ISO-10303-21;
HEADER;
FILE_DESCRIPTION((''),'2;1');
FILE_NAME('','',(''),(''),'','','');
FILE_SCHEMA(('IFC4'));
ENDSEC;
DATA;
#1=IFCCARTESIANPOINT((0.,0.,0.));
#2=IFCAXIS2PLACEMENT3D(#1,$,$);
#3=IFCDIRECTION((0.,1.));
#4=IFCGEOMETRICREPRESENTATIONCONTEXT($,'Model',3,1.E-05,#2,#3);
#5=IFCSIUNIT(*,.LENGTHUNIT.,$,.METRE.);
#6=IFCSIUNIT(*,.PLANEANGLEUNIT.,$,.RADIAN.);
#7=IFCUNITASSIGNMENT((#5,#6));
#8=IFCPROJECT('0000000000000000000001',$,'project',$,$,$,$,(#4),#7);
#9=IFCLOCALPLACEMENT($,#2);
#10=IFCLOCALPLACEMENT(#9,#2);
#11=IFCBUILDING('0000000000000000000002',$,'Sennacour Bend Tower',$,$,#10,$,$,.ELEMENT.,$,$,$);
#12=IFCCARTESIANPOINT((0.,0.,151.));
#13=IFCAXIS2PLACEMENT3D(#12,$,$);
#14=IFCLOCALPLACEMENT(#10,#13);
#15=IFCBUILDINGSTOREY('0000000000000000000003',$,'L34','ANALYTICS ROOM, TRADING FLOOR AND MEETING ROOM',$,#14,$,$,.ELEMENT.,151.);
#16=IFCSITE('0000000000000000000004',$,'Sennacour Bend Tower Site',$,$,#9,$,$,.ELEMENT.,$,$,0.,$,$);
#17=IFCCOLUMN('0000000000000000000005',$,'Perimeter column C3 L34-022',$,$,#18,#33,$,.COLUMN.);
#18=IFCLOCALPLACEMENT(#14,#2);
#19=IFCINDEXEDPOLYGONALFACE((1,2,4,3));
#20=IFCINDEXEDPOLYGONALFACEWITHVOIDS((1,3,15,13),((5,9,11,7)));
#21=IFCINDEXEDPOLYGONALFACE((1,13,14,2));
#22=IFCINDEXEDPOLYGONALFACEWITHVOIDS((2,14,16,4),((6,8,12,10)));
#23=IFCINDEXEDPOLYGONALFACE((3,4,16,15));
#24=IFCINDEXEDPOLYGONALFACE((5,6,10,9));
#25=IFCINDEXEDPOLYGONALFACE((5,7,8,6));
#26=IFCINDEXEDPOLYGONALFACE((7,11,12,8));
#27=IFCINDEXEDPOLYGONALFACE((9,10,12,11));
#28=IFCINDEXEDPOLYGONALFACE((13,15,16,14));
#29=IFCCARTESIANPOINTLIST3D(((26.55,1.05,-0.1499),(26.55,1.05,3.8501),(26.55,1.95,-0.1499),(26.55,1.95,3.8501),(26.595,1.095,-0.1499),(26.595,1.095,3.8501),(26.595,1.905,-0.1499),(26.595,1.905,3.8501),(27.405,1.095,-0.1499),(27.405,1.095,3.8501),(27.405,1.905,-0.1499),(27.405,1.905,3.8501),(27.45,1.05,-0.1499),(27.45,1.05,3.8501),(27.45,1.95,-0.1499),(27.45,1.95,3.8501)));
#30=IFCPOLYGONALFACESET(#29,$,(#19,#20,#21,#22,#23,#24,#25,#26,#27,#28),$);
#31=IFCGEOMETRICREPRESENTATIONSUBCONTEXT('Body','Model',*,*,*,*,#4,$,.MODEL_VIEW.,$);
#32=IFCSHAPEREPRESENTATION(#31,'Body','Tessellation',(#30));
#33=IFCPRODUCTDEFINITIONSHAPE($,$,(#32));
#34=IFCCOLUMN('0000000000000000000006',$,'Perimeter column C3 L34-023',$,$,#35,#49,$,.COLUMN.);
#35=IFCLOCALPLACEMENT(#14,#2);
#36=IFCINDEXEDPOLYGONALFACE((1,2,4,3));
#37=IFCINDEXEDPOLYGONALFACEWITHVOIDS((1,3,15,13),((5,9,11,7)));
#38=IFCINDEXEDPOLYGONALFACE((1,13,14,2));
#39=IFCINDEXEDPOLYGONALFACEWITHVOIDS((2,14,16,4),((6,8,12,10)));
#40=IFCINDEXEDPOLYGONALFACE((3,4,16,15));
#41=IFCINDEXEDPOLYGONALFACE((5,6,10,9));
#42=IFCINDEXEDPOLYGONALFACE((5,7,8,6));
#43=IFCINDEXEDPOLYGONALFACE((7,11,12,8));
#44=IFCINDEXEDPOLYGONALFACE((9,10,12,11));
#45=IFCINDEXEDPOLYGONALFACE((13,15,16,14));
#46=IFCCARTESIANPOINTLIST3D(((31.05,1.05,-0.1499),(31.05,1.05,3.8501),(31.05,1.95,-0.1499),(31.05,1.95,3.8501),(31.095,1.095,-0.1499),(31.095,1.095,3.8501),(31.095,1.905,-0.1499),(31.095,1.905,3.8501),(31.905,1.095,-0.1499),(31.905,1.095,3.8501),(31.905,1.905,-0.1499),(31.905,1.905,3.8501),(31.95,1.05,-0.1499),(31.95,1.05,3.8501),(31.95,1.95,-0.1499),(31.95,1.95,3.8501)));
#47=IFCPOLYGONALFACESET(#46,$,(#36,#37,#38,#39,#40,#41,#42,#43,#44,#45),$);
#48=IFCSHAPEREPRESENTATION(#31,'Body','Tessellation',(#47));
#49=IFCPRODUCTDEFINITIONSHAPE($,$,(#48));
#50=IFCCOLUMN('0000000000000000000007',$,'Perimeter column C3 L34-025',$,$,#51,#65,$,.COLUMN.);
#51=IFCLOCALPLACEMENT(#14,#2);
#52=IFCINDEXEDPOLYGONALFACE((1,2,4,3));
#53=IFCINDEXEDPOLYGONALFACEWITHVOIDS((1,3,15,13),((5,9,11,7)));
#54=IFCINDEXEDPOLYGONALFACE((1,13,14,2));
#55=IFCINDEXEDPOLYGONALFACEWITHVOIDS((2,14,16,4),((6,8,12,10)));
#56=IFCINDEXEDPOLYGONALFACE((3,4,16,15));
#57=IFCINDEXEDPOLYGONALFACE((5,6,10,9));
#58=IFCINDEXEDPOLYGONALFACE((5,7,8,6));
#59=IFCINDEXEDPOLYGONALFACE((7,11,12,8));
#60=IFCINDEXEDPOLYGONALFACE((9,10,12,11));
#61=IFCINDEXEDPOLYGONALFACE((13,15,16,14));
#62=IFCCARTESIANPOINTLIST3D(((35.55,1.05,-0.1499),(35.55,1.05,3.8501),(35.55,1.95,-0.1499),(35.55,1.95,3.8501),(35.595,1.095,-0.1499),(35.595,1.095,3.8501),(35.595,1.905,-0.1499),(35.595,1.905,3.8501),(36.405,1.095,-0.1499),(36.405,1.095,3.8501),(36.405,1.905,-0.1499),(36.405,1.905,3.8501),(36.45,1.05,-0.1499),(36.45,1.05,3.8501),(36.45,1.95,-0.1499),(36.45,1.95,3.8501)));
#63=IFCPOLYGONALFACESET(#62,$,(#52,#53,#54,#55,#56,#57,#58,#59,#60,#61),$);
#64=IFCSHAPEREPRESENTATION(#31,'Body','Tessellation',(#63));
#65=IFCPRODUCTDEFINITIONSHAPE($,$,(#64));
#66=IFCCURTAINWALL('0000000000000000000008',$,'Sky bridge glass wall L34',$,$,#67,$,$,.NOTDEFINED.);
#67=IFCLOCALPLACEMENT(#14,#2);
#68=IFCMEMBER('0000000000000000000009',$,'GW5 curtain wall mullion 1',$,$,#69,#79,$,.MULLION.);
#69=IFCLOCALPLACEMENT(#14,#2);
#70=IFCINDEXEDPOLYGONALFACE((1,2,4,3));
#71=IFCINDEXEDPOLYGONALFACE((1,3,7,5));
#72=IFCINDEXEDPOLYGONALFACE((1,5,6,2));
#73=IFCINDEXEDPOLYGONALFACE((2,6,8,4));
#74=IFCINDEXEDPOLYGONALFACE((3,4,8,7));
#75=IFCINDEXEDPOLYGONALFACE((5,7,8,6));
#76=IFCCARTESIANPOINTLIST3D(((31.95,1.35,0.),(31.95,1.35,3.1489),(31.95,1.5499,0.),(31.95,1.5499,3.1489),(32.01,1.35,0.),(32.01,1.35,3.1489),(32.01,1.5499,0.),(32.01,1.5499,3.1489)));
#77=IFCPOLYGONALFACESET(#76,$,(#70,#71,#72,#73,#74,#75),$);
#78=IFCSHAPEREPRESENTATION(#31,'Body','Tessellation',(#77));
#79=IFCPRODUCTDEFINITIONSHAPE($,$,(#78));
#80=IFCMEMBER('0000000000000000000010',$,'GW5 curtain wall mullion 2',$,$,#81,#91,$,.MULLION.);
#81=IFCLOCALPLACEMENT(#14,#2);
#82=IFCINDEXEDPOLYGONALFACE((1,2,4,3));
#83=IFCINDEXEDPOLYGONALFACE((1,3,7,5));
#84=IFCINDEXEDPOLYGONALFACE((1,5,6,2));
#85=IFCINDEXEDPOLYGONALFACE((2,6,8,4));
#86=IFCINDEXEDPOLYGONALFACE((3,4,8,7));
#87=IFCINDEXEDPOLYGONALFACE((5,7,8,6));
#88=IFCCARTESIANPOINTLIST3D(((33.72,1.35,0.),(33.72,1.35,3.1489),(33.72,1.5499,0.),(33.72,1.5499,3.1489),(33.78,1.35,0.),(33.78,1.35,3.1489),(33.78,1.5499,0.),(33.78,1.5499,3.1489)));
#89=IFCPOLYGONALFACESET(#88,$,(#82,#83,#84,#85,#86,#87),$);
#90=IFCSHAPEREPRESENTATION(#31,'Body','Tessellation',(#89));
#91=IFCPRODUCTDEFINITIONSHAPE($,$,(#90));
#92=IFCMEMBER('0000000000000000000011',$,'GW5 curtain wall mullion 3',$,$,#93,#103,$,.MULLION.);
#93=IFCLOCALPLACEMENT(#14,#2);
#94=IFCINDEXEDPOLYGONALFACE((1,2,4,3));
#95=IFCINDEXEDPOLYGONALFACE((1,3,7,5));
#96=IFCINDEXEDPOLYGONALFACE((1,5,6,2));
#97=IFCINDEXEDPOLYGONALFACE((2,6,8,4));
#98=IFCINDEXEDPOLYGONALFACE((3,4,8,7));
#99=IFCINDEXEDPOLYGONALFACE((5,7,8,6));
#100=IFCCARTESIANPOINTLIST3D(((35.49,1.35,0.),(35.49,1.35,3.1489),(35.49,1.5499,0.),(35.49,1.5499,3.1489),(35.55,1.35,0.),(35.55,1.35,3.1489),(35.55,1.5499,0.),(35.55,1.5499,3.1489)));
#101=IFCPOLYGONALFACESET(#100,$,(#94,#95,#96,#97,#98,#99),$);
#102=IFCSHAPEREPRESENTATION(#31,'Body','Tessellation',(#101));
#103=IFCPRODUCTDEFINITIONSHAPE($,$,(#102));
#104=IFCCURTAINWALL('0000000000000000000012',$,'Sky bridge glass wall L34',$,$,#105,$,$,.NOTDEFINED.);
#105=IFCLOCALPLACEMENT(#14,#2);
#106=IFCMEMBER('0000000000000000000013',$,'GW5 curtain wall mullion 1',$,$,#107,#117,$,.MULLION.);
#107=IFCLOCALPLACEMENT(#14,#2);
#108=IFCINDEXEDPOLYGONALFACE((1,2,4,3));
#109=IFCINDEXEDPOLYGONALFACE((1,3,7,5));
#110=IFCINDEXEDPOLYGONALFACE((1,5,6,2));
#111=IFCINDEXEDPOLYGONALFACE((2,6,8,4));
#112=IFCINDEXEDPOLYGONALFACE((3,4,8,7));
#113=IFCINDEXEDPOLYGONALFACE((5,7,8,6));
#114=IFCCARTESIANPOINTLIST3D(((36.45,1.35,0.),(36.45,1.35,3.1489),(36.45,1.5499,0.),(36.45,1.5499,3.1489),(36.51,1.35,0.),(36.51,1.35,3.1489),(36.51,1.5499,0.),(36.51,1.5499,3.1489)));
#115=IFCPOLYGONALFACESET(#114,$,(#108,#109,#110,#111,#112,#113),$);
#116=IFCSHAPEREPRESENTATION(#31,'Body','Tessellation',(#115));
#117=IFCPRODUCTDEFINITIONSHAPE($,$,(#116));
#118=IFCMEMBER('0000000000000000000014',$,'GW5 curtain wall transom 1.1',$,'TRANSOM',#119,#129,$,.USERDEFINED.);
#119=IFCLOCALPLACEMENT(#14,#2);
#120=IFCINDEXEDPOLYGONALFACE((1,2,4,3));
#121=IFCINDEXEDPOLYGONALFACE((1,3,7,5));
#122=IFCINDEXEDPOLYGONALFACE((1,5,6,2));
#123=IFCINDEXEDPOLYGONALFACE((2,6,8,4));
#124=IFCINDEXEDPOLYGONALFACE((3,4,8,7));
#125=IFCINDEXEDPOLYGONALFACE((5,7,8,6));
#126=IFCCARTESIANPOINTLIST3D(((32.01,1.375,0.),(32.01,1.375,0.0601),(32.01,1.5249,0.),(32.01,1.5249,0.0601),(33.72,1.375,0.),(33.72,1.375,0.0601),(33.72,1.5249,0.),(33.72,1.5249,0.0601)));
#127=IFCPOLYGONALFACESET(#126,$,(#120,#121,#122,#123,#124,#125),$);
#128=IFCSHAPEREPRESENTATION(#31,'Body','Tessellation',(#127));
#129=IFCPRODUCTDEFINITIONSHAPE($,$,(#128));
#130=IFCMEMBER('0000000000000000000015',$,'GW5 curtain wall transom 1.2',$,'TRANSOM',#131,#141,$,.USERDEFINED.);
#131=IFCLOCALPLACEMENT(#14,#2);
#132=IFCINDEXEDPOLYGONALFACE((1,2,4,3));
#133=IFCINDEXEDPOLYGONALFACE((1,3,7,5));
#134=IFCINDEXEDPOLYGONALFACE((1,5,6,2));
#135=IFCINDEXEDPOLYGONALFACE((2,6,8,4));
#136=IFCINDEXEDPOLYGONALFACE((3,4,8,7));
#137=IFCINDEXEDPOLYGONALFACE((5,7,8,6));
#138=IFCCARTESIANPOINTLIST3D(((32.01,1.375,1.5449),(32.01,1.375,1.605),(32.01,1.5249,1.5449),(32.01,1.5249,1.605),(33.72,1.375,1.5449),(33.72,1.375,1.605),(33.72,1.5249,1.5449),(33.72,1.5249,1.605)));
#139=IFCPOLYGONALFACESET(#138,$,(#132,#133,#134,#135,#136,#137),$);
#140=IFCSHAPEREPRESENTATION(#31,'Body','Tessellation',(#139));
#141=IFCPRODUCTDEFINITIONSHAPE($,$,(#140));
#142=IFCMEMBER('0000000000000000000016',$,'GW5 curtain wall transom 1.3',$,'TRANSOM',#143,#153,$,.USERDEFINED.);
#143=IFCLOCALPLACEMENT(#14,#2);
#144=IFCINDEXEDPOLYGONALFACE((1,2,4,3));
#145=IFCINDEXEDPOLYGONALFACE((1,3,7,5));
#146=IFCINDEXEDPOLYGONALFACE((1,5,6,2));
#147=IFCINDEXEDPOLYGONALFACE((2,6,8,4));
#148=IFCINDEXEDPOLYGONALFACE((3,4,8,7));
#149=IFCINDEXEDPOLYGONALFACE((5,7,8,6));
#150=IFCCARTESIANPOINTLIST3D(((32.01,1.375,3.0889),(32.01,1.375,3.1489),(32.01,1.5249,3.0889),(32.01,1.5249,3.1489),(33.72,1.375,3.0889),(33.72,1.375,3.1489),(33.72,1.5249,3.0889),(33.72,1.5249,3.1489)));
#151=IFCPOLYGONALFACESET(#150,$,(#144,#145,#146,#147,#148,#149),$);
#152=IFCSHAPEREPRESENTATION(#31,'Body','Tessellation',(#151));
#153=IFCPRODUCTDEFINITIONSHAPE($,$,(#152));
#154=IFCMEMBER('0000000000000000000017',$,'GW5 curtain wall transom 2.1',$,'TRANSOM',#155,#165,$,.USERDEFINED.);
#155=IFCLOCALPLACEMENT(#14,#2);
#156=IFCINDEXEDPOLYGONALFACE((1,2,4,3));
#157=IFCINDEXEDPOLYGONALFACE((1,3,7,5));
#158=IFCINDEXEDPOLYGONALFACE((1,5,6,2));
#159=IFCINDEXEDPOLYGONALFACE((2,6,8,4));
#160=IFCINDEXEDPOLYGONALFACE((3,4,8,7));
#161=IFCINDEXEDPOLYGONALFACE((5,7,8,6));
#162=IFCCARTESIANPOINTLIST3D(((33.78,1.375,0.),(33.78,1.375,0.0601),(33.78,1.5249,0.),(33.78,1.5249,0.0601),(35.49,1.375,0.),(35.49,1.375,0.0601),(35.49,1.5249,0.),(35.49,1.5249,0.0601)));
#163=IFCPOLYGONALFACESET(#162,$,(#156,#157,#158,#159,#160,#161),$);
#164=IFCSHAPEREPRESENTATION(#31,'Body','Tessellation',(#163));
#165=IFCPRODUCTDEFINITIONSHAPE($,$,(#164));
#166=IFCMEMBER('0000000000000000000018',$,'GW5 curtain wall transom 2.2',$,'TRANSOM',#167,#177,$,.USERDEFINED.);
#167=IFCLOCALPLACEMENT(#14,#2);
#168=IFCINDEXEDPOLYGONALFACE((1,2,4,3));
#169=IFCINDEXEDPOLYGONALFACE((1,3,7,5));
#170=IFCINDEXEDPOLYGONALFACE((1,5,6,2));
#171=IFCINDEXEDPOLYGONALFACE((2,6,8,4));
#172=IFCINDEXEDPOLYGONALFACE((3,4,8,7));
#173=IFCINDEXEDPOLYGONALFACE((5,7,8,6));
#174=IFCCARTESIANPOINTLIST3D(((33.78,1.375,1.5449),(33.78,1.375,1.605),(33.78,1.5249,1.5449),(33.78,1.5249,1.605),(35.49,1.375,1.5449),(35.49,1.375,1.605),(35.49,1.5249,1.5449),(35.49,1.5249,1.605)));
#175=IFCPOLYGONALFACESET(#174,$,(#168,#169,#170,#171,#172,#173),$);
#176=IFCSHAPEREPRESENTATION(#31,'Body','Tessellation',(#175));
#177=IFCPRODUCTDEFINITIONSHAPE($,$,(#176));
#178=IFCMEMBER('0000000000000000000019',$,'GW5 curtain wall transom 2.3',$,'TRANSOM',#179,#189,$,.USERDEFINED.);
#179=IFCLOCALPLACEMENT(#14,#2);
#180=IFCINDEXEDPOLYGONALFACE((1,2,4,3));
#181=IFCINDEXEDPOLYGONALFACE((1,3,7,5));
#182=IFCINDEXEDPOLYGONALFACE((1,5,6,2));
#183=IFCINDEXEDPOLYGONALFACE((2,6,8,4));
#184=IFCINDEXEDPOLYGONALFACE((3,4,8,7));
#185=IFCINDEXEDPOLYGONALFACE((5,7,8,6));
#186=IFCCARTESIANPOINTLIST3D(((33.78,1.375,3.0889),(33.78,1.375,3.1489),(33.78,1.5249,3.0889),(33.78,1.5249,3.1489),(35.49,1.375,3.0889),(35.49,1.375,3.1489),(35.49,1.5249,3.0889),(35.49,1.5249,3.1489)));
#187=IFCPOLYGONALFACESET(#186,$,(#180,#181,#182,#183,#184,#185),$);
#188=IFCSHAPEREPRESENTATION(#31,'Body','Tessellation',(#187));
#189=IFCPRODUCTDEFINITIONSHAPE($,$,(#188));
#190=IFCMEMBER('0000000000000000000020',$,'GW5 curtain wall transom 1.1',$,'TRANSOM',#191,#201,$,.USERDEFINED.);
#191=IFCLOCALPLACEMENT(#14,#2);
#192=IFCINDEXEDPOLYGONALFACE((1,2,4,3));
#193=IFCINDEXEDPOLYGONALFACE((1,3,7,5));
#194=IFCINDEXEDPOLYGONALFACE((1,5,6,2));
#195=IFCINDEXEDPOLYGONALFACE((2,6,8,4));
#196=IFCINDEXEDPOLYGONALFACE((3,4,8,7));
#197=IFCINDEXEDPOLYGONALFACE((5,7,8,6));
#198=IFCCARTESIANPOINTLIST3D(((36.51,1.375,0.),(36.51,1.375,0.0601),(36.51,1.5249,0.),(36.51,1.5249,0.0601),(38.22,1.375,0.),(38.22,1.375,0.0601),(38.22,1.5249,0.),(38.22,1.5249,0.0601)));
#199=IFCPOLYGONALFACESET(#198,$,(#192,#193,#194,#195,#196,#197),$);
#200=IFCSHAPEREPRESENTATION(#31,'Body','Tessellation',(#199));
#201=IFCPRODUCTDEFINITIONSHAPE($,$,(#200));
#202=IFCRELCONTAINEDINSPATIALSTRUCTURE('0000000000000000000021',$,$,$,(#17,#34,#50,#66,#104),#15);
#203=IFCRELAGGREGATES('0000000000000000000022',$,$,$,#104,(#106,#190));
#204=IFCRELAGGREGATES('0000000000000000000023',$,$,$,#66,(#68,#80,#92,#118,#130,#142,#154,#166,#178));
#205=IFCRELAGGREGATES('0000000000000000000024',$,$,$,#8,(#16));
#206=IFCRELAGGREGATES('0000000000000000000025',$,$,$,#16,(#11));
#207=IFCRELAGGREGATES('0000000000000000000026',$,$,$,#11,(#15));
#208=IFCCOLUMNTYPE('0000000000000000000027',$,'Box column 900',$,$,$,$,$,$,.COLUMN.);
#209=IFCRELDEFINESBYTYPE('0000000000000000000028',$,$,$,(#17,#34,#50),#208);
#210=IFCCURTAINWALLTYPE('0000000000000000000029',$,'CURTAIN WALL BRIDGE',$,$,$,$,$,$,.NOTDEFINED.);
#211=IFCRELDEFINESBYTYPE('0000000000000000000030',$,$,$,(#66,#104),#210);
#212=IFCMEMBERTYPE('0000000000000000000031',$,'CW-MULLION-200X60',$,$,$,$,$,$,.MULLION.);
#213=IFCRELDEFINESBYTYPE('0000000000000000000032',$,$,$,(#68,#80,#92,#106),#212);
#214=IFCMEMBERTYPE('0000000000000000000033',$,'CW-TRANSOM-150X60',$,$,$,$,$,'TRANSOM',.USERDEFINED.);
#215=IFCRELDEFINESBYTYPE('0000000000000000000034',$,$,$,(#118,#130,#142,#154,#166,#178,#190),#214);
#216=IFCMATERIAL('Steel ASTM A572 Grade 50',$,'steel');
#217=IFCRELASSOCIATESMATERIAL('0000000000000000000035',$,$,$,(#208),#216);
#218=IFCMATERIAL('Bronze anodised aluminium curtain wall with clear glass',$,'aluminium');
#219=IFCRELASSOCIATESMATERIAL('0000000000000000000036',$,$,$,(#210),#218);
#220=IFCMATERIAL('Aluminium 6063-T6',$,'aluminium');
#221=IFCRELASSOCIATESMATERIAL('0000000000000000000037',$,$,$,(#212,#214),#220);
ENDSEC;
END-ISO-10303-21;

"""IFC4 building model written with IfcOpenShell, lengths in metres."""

from ifc_helpers import new_model, si_unit, direction, frame, origin, origin_2d, place, context, subcontext, project, spatial, rectangle, hollow_rectangle, extrude, material, material_profile, profile_set, type_object, element, aggregate, save


model = new_model("IFC4")

# Units and contexts
model_context = context("Model", 3, precision=1e-05, world=origin(), true_north=direction((0.0, 1.0)))
body_context = subcontext(model_context, "Body", "Model", "MODEL_VIEW")
ifc_project = project(units=[si_unit("LENGTHUNIT", "METRE"), si_unit("PLANEANGLEUNIT", "RADIAN")], contexts=[model_context])

# Site, building, storey
site_placement = place(None, origin())
site = spatial("IfcSite", under=ifc_project, at=site_placement, Name="Sennacour Bend Tower Site", CompositionType="ELEMENT", RefElevation=0.0)
building_placement = place(site_placement, origin())
building = spatial("IfcBuilding", under=site, at=building_placement, Name="Sennacour Bend Tower", CompositionType="ELEMENT")
storey_placement = place(building_placement, frame((0.0, 0.0, 151.0)))
storey = spatial("IfcBuildingStorey", under=building, at=storey_placement, Name="L34", Description="ANALYTICS ROOM, TRADING FLOOR AND MEETING ROOM", CompositionType="ELEMENT", Elevation=151.0)

# Columns
ifc_material_1 = material(Name="Steel ASTM A572 Grade 50", Category="steel")
ifc_material_profile_1 = material_profile(ifc_material_1, hollow_rectangle(XDim=0.8999, YDim=0.8999, WallThickness=0.0449, at=origin_2d()), Name="Steel ASTM A572 Grade 50", Category="steel")
ifc_profile_set_1 = profile_set([ifc_material_profile_1], Name="Steel ASTM A572 Grade 50")
column_type = type_object("IfcColumnType", Name="Box column 900", PredefinedType="COLUMN", material=ifc_profile_set_1)
for number, where, z_axis, x_axis, name in (
    (1, (27.0, 1.5, -0.1499), (0.0, 0.0, 1.0), (1.0, 0.0, 0.0), "Perimeter column C3 L34-022"),
    (2, (31.5, 1.5, -0.1499), (0.0, 0.0, 1.0), (1.0, 0.0, 0.0), "Perimeter column C3 L34-023"),
    (3, (36.0, 1.5, -0.1499), (0.0, 0.0, 1.0), (1.0, 0.0, 0.0), "Perimeter column C3 L34-025"),
):
    element("IfcColumn", number, at=place(storey_placement, frame(where, z_axis=z_axis, x_axis=x_axis)), inside=storey, type_object=column_type, Name=name, PredefinedType="COLUMN", context=body_context, shape_type="SweptSolid", body=[
        extrude(hollow_rectangle(XDim=0.8999, YDim=0.8999, WallThickness=0.0449, at=origin_2d()), origin(), (0.0, 0.0, 1.0), 4.0),
    ])

# Curtain wall, members
ifc_material_2 = material(Name="Bronze anodised aluminium curtain wall with clear glass", Category="aluminium")
curtain_wall_type = type_object("IfcCurtainWallType", Name="CURTAIN WALL BRIDGE", PredefinedType="NOTDEFINED", material=ifc_material_2)
curtain_wall_1_placement = place(storey_placement, origin())
curtain_wall_1 = element("IfcCurtainWall", 4, at=curtain_wall_1_placement, inside=storey, type_object=curtain_wall_type, Name="Sky bridge glass wall L34", PredefinedType="NOTDEFINED")
ifc_material_3 = material(Name="Aluminium 6063-T6", Category="aluminium")
ifc_material_profile_2 = material_profile(ifc_material_3, rectangle(XDim=0.2, YDim=0.0601, at=origin_2d()), Name="Aluminium 6063-T6", Category="aluminium")
ifc_profile_set_2 = profile_set([ifc_material_profile_2], Name="Aluminium 6063-T6")
member_type_1 = type_object("IfcMemberType", Name="CW-MULLION-200X60", PredefinedType="MULLION", material=ifc_profile_set_2)
member_1_placement = place(storey_placement, frame((31.98, 1.45, 0.0), z_axis=(0.0, 0.0, 1.0), x_axis=(0.0, 1.0, 0.0)))
member_1 = element("IfcMember", 5, at=member_1_placement, type_object=member_type_1, Name="GW5 curtain wall mullion 1", PredefinedType="MULLION", context=body_context, shape_type="SweptSolid", body=[
    extrude(rectangle(XDim=0.2, YDim=0.0601, at=origin_2d()), origin(), (0.0, 0.0, 1.0), 3.1489),
])
member_2_placement = place(storey_placement, frame((33.75, 1.45, 0.0), z_axis=(0.0, 0.0, 1.0), x_axis=(0.0, 1.0, 0.0)))
member_2 = element("IfcMember", 6, at=member_2_placement, type_object=member_type_1, Name="GW5 curtain wall mullion 2", PredefinedType="MULLION", context=body_context, shape_type="SweptSolid", body=[
    extrude(rectangle(XDim=0.2, YDim=0.0601, at=origin_2d()), origin(), (0.0, 0.0, 1.0), 3.1489),
])
member_3_placement = place(storey_placement, frame((35.52, 1.45, 0.0), z_axis=(0.0, 0.0, 1.0), x_axis=(0.0, 1.0, 0.0)))
member_3 = element("IfcMember", 7, at=member_3_placement, type_object=member_type_1, Name="GW5 curtain wall mullion 3", PredefinedType="MULLION", context=body_context, shape_type="SweptSolid", body=[
    extrude(rectangle(XDim=0.2, YDim=0.0601, at=origin_2d()), origin(), (0.0, 0.0, 1.0), 3.1489),
])

# Curtain wall, member
curtain_wall_2_placement = place(storey_placement, origin())
curtain_wall_2 = element("IfcCurtainWall", 8, at=curtain_wall_2_placement, inside=storey, type_object=curtain_wall_type, Name="Sky bridge glass wall L34", PredefinedType="NOTDEFINED")
member_4_placement = place(storey_placement, frame((36.48, 1.45, 0.0), z_axis=(0.0, 0.0, 1.0), x_axis=(0.0, 1.0, 0.0)))
member_4 = element("IfcMember", 9, at=member_4_placement, type_object=member_type_1, Name="GW5 curtain wall mullion 1", PredefinedType="MULLION", context=body_context, shape_type="SweptSolid", body=[
    extrude(rectangle(XDim=0.2, YDim=0.0601, at=origin_2d()), origin(), (0.0, 0.0, 1.0), 3.1489),
])

# Members
ifc_material_profile_3 = material_profile(ifc_material_3, rectangle(XDim=0.1499, YDim=0.0601, at=origin_2d()), Name="Aluminium 6063-T6", Category="aluminium")
ifc_profile_set_3 = profile_set([ifc_material_profile_3], Name="Aluminium 6063-T6")
member_type_2 = type_object("IfcMemberType", Name="CW-TRANSOM-150X60", ElementType="TRANSOM", PredefinedType="USERDEFINED", material=ifc_profile_set_3)
member_5_placement = place(storey_placement, frame((32.01, 1.45, 0.03), z_axis=(1.0, 0.0, 0.0), x_axis=(0.0, 1.0, 0.0)))
member_5 = element("IfcMember", 10, at=member_5_placement, type_object=member_type_2, Name="GW5 curtain wall transom 1.1", ObjectType="TRANSOM", PredefinedType="USERDEFINED", context=body_context, shape_type="SweptSolid", body=[
    extrude(rectangle(XDim=0.1499, YDim=0.0601, at=origin_2d()), origin(), (0.0, 0.0, 1.0), 1.71),
])
member_6_placement = place(storey_placement, frame((32.01, 1.45, 1.575), z_axis=(1.0, 0.0, 0.0), x_axis=(0.0, 1.0, 0.0)))
member_6 = element("IfcMember", 11, at=member_6_placement, type_object=member_type_2, Name="GW5 curtain wall transom 1.2", ObjectType="TRANSOM", PredefinedType="USERDEFINED", context=body_context, shape_type="SweptSolid", body=[
    extrude(rectangle(XDim=0.1499, YDim=0.0601, at=origin_2d()), origin(), (0.0, 0.0, 1.0), 1.71),
])
member_7_placement = place(storey_placement, frame((32.01, 1.45, 3.1189), z_axis=(1.0, 0.0, 0.0), x_axis=(0.0, 1.0, 0.0)))
member_7 = element("IfcMember", 12, at=member_7_placement, type_object=member_type_2, Name="GW5 curtain wall transom 1.3", ObjectType="TRANSOM", PredefinedType="USERDEFINED", context=body_context, shape_type="SweptSolid", body=[
    extrude(rectangle(XDim=0.1499, YDim=0.0601, at=origin_2d()), origin(), (0.0, 0.0, 1.0), 1.71),
])
member_8_placement = place(storey_placement, frame((33.78, 1.45, 0.03), z_axis=(1.0, 0.0, 0.0), x_axis=(0.0, 1.0, 0.0)))
member_8 = element("IfcMember", 13, at=member_8_placement, type_object=member_type_2, Name="GW5 curtain wall transom 2.1", ObjectType="TRANSOM", PredefinedType="USERDEFINED", context=body_context, shape_type="SweptSolid", body=[
    extrude(rectangle(XDim=0.1499, YDim=0.0601, at=origin_2d()), origin(), (0.0, 0.0, 1.0), 1.71),
])
member_9_placement = place(storey_placement, frame((33.78, 1.45, 1.575), z_axis=(1.0, 0.0, 0.0), x_axis=(0.0, 1.0, 0.0)))
member_9 = element("IfcMember", 14, at=member_9_placement, type_object=member_type_2, Name="GW5 curtain wall transom 2.2", ObjectType="TRANSOM", PredefinedType="USERDEFINED", context=body_context, shape_type="SweptSolid", body=[
    extrude(rectangle(XDim=0.1499, YDim=0.0601, at=origin_2d()), origin(), (0.0, 0.0, 1.0), 1.71),
])
member_10_placement = place(storey_placement, frame((33.78, 1.45, 3.1189), z_axis=(1.0, 0.0, 0.0), x_axis=(0.0, 1.0, 0.0)))
member_10 = element("IfcMember", 15, at=member_10_placement, type_object=member_type_2, Name="GW5 curtain wall transom 2.3", ObjectType="TRANSOM", PredefinedType="USERDEFINED", context=body_context, shape_type="SweptSolid", body=[
    extrude(rectangle(XDim=0.1499, YDim=0.0601, at=origin_2d()), origin(), (0.0, 0.0, 1.0), 1.71),
])
member_11_placement = place(storey_placement, frame((36.51, 1.45, 0.03), z_axis=(1.0, 0.0, 0.0), x_axis=(0.0, 1.0, 0.0)))
member_11 = element("IfcMember", 16, at=member_11_placement, type_object=member_type_2, Name="GW5 curtain wall transom 1.1", ObjectType="TRANSOM", PredefinedType="USERDEFINED", context=body_context, shape_type="SweptSolid", body=[
    extrude(rectangle(XDim=0.1499, YDim=0.0601, at=origin_2d()), origin(), (0.0, 0.0, 1.0), 1.71),
])
aggregate(curtain_wall_2, [member_4, member_11])

aggregate(curtain_wall_1, [member_1, member_2, member_3, member_5, member_6, member_7, member_8, member_9, member_10])

save(model, "model.ifc")
